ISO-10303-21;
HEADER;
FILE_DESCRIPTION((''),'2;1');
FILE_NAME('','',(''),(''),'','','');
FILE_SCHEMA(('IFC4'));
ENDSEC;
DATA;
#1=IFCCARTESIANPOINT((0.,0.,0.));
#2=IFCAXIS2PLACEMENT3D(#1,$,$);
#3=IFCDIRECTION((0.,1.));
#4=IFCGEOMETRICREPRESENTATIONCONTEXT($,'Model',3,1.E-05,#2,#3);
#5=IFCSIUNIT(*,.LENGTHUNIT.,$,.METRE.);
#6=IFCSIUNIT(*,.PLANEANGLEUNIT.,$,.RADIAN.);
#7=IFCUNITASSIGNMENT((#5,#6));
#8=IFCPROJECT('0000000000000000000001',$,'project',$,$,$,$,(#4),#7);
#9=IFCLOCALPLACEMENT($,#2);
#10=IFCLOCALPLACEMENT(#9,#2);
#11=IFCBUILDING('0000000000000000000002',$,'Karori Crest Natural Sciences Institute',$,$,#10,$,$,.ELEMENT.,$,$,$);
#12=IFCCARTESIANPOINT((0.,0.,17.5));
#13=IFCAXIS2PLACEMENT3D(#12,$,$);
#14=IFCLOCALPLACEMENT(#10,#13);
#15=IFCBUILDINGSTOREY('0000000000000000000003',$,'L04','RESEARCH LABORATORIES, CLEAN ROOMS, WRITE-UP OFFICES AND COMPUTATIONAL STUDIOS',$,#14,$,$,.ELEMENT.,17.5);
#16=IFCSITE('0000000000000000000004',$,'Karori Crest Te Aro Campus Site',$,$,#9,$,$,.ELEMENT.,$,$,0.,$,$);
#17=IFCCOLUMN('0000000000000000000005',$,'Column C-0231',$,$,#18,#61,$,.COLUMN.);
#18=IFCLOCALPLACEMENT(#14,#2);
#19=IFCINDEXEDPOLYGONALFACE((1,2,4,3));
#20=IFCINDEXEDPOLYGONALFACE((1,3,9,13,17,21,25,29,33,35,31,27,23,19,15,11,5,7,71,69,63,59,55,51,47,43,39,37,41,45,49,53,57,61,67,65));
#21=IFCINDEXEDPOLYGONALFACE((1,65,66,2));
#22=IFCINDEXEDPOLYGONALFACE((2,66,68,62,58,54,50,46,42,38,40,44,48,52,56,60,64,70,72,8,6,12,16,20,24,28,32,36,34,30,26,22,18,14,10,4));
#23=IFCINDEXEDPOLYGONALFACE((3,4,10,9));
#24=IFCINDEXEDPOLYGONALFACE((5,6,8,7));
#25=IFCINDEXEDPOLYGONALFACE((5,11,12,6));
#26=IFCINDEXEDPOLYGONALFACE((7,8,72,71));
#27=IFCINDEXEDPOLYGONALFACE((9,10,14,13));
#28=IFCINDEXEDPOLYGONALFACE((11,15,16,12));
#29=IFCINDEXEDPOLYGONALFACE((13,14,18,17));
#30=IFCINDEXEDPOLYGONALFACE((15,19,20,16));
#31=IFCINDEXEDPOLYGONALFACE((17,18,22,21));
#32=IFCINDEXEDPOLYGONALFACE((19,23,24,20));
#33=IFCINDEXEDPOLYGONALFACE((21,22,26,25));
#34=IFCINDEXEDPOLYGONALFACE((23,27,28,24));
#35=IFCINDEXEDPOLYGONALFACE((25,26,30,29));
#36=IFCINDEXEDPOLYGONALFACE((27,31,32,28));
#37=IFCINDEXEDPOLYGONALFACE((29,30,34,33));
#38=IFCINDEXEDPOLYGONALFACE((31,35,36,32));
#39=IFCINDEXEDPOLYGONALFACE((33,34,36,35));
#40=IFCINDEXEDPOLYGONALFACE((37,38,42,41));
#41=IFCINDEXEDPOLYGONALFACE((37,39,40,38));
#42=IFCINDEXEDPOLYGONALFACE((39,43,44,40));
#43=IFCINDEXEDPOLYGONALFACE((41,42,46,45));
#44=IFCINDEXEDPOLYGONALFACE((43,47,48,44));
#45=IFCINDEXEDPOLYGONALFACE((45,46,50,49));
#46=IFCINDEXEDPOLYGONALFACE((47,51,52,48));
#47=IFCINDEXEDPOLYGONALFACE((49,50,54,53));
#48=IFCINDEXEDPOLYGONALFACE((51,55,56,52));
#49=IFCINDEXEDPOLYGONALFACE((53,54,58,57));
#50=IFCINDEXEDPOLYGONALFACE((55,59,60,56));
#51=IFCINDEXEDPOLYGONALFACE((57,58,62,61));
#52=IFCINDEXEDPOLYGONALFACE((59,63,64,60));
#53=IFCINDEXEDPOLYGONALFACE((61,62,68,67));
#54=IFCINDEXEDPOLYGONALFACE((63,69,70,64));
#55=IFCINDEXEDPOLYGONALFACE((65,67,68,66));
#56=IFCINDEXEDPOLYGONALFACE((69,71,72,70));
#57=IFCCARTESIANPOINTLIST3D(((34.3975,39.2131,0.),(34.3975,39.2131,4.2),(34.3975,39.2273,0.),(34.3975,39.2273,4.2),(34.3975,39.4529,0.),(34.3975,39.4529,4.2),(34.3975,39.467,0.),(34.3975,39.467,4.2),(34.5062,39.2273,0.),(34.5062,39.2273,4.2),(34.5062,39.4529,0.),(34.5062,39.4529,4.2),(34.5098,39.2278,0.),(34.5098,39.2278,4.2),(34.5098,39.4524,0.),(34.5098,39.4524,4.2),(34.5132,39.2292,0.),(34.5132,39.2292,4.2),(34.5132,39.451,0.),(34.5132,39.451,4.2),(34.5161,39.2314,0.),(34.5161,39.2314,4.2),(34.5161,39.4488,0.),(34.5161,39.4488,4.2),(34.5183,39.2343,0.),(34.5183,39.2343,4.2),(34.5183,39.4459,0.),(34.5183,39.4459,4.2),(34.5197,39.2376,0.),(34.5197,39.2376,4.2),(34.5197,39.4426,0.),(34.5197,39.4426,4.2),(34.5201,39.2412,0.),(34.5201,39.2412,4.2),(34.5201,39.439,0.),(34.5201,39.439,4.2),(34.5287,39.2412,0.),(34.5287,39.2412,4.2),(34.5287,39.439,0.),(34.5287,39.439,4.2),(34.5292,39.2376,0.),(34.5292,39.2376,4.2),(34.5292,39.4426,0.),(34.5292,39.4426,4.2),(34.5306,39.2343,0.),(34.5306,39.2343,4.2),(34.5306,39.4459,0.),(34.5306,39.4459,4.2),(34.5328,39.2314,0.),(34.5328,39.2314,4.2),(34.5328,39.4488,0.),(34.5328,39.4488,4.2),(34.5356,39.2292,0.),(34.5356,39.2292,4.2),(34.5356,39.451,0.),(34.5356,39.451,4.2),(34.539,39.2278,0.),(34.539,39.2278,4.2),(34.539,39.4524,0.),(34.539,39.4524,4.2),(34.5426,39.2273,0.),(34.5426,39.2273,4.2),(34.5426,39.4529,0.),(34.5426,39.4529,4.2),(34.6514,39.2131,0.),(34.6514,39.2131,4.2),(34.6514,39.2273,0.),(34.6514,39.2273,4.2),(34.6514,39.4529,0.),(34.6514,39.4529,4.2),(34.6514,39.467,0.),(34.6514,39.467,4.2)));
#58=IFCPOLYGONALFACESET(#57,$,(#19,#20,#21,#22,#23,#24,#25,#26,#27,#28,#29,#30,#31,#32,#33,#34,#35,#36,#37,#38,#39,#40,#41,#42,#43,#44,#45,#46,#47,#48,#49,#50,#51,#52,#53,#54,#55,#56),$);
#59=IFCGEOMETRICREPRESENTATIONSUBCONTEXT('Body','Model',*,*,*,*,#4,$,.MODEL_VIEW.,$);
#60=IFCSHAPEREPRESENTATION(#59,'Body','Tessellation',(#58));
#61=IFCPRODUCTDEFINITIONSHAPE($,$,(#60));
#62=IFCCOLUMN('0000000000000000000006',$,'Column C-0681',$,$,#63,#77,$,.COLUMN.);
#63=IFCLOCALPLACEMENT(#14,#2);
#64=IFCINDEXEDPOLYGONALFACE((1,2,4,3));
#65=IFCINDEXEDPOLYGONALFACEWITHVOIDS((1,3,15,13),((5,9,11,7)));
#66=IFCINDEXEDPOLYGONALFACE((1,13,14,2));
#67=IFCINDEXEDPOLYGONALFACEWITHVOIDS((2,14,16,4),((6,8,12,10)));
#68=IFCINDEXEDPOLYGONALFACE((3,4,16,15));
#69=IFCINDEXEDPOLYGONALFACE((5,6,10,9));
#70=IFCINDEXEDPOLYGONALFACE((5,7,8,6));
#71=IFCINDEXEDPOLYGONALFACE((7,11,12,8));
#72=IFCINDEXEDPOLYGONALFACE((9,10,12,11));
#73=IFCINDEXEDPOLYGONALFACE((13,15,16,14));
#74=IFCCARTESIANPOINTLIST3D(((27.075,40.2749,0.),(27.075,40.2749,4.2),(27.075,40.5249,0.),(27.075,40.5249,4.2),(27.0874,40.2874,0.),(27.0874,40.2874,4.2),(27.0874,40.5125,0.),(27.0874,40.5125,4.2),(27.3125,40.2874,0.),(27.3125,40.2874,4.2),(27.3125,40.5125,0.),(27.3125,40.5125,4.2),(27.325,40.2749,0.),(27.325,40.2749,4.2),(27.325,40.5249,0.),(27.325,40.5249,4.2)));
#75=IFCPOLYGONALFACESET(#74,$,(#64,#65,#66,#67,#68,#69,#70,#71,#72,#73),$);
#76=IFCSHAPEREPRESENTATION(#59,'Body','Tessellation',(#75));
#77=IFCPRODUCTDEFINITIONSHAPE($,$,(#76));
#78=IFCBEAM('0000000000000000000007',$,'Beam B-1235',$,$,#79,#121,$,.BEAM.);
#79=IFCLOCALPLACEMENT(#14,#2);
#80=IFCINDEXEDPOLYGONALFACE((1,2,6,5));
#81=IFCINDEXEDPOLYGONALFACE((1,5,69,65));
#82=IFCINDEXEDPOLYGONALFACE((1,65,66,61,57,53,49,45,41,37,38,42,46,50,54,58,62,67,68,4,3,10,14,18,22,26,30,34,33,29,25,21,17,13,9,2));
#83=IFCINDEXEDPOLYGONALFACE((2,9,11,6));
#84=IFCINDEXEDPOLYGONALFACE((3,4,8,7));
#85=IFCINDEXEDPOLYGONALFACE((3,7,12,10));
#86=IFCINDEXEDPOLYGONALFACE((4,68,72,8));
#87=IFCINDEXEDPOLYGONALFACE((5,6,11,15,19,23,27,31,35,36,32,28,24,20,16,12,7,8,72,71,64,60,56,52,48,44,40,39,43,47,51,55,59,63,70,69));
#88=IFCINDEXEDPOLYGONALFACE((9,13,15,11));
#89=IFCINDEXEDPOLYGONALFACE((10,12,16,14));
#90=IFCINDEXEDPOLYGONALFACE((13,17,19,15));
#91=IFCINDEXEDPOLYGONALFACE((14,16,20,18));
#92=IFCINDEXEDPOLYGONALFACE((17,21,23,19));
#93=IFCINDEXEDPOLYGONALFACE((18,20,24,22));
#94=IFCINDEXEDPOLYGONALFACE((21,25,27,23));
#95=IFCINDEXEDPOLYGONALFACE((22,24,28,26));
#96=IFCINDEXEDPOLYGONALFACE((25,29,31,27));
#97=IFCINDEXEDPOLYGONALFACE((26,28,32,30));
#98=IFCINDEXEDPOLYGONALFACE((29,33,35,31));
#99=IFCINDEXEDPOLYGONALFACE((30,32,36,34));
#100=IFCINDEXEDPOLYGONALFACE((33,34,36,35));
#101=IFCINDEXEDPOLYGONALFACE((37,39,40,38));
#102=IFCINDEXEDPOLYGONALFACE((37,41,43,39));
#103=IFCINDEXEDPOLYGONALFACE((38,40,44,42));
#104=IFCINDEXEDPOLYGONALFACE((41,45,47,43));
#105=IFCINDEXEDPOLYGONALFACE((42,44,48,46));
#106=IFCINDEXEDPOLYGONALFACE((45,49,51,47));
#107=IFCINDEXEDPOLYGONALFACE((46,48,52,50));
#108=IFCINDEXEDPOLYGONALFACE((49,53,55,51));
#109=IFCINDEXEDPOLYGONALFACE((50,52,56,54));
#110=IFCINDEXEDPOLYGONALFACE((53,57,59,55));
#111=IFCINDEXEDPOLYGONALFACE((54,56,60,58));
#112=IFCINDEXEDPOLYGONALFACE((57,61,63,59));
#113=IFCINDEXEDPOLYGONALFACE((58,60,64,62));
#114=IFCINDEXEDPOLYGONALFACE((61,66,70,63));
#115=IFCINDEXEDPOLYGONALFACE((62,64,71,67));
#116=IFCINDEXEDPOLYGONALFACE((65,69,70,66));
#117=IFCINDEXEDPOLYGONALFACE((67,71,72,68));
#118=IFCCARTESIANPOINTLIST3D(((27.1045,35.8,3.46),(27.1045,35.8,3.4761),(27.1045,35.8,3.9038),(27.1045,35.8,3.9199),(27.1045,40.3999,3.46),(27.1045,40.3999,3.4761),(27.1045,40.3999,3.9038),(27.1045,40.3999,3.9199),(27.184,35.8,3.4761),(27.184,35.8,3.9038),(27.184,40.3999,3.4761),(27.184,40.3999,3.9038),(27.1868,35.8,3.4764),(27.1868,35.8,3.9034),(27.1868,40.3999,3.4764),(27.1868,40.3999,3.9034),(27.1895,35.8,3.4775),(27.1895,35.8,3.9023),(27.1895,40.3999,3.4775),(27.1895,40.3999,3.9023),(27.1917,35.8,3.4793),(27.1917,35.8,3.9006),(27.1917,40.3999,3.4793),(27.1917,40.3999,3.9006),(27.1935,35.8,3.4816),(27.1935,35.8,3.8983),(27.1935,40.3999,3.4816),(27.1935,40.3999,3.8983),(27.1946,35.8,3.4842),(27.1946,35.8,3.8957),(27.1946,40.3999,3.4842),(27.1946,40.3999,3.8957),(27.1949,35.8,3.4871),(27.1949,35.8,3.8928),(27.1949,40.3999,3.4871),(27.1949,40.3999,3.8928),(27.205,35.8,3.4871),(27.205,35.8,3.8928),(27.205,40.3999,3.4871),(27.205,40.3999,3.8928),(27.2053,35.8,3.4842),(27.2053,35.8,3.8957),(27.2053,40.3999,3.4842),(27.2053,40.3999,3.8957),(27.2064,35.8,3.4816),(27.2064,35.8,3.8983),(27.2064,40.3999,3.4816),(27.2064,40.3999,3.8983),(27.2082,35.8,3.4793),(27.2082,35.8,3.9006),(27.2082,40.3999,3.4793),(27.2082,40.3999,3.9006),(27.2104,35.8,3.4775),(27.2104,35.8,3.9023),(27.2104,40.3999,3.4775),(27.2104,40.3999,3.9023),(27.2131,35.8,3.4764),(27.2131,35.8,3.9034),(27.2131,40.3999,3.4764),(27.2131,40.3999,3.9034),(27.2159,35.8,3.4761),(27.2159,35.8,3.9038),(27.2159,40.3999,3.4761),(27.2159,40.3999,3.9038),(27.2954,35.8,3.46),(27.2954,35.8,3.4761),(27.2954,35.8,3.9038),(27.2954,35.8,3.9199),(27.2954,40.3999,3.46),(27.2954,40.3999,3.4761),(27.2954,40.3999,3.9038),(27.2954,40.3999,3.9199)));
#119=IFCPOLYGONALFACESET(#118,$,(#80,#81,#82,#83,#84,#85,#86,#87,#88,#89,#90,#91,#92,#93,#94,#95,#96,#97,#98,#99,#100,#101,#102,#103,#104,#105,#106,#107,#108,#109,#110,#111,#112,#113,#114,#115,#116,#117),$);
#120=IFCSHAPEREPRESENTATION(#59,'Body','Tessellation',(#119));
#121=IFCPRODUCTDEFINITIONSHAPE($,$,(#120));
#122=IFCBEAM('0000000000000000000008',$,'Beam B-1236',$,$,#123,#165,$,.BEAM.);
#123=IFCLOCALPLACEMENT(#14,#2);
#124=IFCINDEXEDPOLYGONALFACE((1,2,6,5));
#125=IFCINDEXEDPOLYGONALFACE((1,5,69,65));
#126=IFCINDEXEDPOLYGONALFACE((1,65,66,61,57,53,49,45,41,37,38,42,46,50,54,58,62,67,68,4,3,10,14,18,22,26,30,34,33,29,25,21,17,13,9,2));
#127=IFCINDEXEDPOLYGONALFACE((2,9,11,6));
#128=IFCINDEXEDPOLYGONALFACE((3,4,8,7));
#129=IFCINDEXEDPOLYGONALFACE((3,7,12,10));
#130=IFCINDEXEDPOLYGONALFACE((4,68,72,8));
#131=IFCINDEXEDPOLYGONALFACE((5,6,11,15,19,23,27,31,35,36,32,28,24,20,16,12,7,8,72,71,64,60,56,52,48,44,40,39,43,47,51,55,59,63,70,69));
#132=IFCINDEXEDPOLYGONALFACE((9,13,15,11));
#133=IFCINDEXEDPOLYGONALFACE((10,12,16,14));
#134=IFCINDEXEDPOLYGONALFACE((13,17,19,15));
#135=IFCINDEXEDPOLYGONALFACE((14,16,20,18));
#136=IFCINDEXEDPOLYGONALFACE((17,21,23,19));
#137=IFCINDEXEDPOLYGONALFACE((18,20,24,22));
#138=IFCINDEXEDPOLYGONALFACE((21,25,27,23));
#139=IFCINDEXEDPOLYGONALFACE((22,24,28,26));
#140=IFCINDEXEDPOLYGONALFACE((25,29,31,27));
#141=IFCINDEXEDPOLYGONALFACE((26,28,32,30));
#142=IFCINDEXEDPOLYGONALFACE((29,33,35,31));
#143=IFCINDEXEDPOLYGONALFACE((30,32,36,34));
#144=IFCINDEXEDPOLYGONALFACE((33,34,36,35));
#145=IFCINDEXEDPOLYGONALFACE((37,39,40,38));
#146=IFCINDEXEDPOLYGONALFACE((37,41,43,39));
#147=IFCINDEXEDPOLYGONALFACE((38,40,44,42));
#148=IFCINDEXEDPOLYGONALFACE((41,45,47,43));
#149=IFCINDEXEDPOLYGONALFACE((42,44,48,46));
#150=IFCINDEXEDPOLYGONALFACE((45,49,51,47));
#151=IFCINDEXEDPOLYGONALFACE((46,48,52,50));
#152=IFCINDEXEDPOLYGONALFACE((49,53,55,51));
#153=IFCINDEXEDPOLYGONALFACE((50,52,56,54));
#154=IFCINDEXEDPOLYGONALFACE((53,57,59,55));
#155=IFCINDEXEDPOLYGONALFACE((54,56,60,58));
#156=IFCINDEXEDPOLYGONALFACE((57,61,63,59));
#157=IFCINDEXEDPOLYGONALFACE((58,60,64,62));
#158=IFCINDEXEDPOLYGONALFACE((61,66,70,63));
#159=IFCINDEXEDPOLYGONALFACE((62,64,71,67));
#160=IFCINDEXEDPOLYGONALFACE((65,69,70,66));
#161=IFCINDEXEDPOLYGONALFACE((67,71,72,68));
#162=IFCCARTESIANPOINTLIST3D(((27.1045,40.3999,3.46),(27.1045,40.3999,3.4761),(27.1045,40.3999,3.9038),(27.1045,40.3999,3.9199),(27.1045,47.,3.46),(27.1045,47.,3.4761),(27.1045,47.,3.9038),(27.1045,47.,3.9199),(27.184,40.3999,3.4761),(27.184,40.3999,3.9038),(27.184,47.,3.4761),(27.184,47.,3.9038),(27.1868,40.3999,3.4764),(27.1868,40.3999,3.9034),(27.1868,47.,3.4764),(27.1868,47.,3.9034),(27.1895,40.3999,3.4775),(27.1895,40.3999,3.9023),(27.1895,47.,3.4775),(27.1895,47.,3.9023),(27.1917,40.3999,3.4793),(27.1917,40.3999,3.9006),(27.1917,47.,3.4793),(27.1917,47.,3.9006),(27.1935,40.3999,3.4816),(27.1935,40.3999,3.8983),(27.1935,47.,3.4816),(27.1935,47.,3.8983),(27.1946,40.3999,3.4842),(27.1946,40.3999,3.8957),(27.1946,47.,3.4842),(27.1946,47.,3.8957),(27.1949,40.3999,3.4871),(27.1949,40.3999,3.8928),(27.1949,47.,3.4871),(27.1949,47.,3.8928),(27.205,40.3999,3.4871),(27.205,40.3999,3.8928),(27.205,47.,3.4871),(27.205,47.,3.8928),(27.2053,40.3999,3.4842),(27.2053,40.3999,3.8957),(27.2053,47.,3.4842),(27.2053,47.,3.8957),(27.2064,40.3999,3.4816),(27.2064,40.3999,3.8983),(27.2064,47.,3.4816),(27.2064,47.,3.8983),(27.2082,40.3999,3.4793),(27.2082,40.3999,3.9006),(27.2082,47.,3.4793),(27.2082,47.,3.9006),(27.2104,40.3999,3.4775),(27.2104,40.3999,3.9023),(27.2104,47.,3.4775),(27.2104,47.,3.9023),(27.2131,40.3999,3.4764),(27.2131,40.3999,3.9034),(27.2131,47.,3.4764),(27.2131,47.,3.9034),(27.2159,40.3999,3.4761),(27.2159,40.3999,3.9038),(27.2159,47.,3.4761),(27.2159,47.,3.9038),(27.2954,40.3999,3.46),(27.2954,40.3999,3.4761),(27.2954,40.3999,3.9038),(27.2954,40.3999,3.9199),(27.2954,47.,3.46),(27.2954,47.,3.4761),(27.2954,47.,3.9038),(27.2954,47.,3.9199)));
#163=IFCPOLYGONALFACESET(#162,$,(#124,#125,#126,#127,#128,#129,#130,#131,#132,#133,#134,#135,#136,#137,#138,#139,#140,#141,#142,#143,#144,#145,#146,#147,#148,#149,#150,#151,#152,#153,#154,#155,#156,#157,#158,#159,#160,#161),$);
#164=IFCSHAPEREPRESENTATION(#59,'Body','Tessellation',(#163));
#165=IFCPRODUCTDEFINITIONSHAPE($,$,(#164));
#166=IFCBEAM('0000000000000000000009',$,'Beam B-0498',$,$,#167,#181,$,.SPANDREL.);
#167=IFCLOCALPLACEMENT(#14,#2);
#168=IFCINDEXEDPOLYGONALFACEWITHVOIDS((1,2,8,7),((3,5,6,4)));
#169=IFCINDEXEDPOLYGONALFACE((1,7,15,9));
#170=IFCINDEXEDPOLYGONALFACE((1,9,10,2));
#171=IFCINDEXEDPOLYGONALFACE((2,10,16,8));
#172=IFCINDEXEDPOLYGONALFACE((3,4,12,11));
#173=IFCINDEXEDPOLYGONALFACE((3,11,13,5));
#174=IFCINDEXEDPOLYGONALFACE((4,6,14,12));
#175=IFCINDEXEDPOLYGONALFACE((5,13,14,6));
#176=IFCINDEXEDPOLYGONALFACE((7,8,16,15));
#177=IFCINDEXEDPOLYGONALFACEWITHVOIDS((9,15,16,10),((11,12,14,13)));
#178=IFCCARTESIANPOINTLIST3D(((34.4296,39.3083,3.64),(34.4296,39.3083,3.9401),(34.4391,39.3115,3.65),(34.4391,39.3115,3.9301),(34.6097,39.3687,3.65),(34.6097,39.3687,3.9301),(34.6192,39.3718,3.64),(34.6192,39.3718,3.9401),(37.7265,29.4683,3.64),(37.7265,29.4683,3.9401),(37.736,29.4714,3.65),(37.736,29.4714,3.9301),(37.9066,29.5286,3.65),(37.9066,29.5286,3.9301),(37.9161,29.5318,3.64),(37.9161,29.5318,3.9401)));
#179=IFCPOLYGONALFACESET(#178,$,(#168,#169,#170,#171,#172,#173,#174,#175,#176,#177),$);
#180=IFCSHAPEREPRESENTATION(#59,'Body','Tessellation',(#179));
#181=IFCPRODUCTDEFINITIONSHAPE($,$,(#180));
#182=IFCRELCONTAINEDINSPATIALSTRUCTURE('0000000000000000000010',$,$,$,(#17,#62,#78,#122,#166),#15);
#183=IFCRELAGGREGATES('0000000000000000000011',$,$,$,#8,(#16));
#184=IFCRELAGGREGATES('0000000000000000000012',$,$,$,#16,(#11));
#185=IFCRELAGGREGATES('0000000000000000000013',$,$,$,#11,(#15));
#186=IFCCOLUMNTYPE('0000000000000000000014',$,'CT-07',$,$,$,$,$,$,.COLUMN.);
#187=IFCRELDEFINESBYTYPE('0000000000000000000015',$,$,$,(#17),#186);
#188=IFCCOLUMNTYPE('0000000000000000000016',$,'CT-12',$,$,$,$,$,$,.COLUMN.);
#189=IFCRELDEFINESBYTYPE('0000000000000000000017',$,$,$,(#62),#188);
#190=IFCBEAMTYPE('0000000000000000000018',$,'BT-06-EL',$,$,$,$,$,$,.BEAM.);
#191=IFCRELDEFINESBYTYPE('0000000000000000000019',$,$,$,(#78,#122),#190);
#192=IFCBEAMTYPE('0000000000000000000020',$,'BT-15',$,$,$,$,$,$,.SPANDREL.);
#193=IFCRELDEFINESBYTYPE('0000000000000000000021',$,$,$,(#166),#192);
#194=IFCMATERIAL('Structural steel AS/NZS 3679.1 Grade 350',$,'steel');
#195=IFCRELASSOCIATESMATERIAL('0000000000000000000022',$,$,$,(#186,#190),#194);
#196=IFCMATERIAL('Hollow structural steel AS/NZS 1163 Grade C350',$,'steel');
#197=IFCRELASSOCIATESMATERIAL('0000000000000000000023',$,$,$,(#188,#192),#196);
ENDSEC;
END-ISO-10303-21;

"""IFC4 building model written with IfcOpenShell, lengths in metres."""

from ifc_helpers import new_model, si_unit, direction, frame, origin, origin_2d, place, context, subcontext, project, spatial, hollow_rectangle, i_section, extrude, material, material_profile, profile_set, type_object, element, save


model = new_model("IFC4")

# Units and contexts
model_context = context("Model", 3, precision=1e-05, world=origin(), true_north=direction((0.0, 1.0)))
body_context = subcontext(model_context, "Body", "Model", "MODEL_VIEW")
ifc_project = project(units=[si_unit("LENGTHUNIT", "METRE"), si_unit("PLANEANGLEUNIT", "RADIAN")], contexts=[model_context])

# Site, building, storey
site_placement = place(None, origin())
site = spatial("IfcSite", under=ifc_project, at=site_placement, Name="Karori Crest Te Aro Campus Site", CompositionType="ELEMENT", RefElevation=0.0)
building_placement = place(site_placement, origin())
building = spatial("IfcBuilding", under=site, at=building_placement, Name="Karori Crest Natural Sciences Institute", CompositionType="ELEMENT")
storey_placement = place(building_placement, frame((0.0, 0.0, 17.5)))
storey = spatial("IfcBuildingStorey", under=building, at=storey_placement, Name="L04", Description="RESEARCH LABORATORIES, CLEAN ROOMS, WRITE-UP OFFICES AND COMPUTATIONAL STUDIOS", CompositionType="ELEMENT", Elevation=17.5)

# Columns
ifc_material_1 = material(Name="Structural steel AS/NZS 3679.1 Grade 350", Category="steel")
ifc_material_profile_1 = material_profile(ifc_material_1, i_section(OverallWidth=0.2539, OverallDepth=0.2539, WebThickness=0.0085, FlangeThickness=0.0142, FilletRadius=0.0139, at=origin_2d()), Name="250UC72.9")
ifc_profile_set_1 = profile_set([ifc_material_profile_1], Name="Structural steel AS/NZS 3679.1 Grade 350")
column_type_1 = type_object("IfcColumnType", Name="CT-07", PredefinedType="COLUMN", material=ifc_profile_set_1)
column_1_placement = place(storey_placement, frame((34.5244, 39.3401, 0.0), z_axis=(0.0, 0.0, 1.0), x_axis=(1.0, 0.0, 0.0)))
element("IfcColumn", 1, at=column_1_placement, inside=storey, type_object=column_type_1, Name="Column C-0231", PredefinedType="COLUMN", context=body_context, shape_type="SweptSolid", body=[
    extrude(i_section(OverallWidth=0.2539, OverallDepth=0.2539, WebThickness=0.0085, FlangeThickness=0.0142, FilletRadius=0.0139, at=origin_2d()), origin(), (0.0, 0.0, 1.0), 4.2),
])
ifc_material_2 = material(Name="Hollow structural steel AS/NZS 1163 Grade C350", Category="steel")
ifc_material_profile_2 = material_profile(ifc_material_2, hollow_rectangle(XDim=0.25, YDim=0.25, WallThickness=0.0125, at=origin_2d()), Name="SHS250x250x12.5")
ifc_profile_set_2 = profile_set([ifc_material_profile_2], Name="Hollow structural steel AS/NZS 1163 Grade C350")
column_type_2 = type_object("IfcColumnType", Name="CT-12", PredefinedType="COLUMN", material=ifc_profile_set_2)
column_2_placement = place(storey_placement, frame((27.2, 40.3999, 0.0), z_axis=(0.0, 0.0, 1.0), x_axis=(1.0, 0.0, 0.0)))
element("IfcColumn", 2, at=column_2_placement, inside=storey, type_object=column_type_2, Name="Column C-0681", PredefinedType="COLUMN", context=body_context, shape_type="SweptSolid", body=[
    extrude(hollow_rectangle(XDim=0.25, YDim=0.25, WallThickness=0.0125, at=origin_2d()), origin(), (0.0, 0.0, 1.0), 4.2),
])

# Beams
ifc_material_profile_3 = material_profile(ifc_material_1, i_section(OverallWidth=0.1909, OverallDepth=0.46, WebThickness=0.01, FlangeThickness=0.0161, FilletRadius=0.011, at=origin_2d()), Name="460UB82.1")
ifc_profile_set_3 = profile_set([ifc_material_profile_3], Name="Structural steel AS/NZS 3679.1 Grade 350")
beam_type_1 = type_object("IfcBeamType", Name="BT-06-EL", PredefinedType="BEAM", material=ifc_profile_set_3)
beam_1_placement = place(storey_placement, frame((27.2, 35.8, 3.6899), z_axis=(0.0, 1.0, 0.0), x_axis=(-1.0, 0.0, 0.0)))
element("IfcBeam", 3, at=beam_1_placement, inside=storey, type_object=beam_type_1, Name="Beam B-1235", PredefinedType="BEAM", context=body_context, shape_type="SweptSolid", body=[
    extrude(i_section(OverallWidth=0.1909, OverallDepth=0.46, WebThickness=0.01, FlangeThickness=0.0161, FilletRadius=0.011, at=origin_2d()), origin(), (0.0, 0.0, 1.0), 4.5999),
])
beam_2_placement = place(storey_placement, frame((27.2, 40.3999, 3.6899), z_axis=(0.0, 1.0, 0.0), x_axis=(-1.0, 0.0, 0.0)))
element("IfcBeam", 4, at=beam_2_placement, inside=storey, type_object=beam_type_1, Name="Beam B-1236", PredefinedType="BEAM", context=body_context, shape_type="SweptSolid", body=[
    extrude(i_section(OverallWidth=0.1909, OverallDepth=0.46, WebThickness=0.01, FlangeThickness=0.0161, FilletRadius=0.011, at=origin_2d()), origin(), (0.0, 0.0, 1.0), 6.6001),
])
ifc_material_profile_4 = material_profile(ifc_material_2, hollow_rectangle(XDim=0.2, YDim=0.3, WallThickness=0.01, at=origin_2d()), Name="RHS300x200x10")
ifc_profile_set_4 = profile_set([ifc_material_profile_4], Name="Hollow structural steel AS/NZS 1163 Grade C350")
beam_type_2 = type_object("IfcBeamType", Name="BT-15", PredefinedType="SPANDREL", material=ifc_profile_set_4)
beam_3_placement = place(storey_placement, frame((34.5244, 39.3401, 3.79), z_axis=(0.317688, -0.948195, 0.0), x_axis=(0.948195, 0.317688, 0.0)))
element("IfcBeam", 5, at=beam_3_placement, inside=storey, type_object=beam_type_2, Name="Beam B-0498", PredefinedType="SPANDREL", context=body_context, shape_type="SweptSolid", body=[
    extrude(hollow_rectangle(XDim=0.2, YDim=0.3, WallThickness=0.01, at=origin_2d()), origin(), (0.0, 0.0, 1.0), 10.3777),
])

save(model, "model.ifc")
